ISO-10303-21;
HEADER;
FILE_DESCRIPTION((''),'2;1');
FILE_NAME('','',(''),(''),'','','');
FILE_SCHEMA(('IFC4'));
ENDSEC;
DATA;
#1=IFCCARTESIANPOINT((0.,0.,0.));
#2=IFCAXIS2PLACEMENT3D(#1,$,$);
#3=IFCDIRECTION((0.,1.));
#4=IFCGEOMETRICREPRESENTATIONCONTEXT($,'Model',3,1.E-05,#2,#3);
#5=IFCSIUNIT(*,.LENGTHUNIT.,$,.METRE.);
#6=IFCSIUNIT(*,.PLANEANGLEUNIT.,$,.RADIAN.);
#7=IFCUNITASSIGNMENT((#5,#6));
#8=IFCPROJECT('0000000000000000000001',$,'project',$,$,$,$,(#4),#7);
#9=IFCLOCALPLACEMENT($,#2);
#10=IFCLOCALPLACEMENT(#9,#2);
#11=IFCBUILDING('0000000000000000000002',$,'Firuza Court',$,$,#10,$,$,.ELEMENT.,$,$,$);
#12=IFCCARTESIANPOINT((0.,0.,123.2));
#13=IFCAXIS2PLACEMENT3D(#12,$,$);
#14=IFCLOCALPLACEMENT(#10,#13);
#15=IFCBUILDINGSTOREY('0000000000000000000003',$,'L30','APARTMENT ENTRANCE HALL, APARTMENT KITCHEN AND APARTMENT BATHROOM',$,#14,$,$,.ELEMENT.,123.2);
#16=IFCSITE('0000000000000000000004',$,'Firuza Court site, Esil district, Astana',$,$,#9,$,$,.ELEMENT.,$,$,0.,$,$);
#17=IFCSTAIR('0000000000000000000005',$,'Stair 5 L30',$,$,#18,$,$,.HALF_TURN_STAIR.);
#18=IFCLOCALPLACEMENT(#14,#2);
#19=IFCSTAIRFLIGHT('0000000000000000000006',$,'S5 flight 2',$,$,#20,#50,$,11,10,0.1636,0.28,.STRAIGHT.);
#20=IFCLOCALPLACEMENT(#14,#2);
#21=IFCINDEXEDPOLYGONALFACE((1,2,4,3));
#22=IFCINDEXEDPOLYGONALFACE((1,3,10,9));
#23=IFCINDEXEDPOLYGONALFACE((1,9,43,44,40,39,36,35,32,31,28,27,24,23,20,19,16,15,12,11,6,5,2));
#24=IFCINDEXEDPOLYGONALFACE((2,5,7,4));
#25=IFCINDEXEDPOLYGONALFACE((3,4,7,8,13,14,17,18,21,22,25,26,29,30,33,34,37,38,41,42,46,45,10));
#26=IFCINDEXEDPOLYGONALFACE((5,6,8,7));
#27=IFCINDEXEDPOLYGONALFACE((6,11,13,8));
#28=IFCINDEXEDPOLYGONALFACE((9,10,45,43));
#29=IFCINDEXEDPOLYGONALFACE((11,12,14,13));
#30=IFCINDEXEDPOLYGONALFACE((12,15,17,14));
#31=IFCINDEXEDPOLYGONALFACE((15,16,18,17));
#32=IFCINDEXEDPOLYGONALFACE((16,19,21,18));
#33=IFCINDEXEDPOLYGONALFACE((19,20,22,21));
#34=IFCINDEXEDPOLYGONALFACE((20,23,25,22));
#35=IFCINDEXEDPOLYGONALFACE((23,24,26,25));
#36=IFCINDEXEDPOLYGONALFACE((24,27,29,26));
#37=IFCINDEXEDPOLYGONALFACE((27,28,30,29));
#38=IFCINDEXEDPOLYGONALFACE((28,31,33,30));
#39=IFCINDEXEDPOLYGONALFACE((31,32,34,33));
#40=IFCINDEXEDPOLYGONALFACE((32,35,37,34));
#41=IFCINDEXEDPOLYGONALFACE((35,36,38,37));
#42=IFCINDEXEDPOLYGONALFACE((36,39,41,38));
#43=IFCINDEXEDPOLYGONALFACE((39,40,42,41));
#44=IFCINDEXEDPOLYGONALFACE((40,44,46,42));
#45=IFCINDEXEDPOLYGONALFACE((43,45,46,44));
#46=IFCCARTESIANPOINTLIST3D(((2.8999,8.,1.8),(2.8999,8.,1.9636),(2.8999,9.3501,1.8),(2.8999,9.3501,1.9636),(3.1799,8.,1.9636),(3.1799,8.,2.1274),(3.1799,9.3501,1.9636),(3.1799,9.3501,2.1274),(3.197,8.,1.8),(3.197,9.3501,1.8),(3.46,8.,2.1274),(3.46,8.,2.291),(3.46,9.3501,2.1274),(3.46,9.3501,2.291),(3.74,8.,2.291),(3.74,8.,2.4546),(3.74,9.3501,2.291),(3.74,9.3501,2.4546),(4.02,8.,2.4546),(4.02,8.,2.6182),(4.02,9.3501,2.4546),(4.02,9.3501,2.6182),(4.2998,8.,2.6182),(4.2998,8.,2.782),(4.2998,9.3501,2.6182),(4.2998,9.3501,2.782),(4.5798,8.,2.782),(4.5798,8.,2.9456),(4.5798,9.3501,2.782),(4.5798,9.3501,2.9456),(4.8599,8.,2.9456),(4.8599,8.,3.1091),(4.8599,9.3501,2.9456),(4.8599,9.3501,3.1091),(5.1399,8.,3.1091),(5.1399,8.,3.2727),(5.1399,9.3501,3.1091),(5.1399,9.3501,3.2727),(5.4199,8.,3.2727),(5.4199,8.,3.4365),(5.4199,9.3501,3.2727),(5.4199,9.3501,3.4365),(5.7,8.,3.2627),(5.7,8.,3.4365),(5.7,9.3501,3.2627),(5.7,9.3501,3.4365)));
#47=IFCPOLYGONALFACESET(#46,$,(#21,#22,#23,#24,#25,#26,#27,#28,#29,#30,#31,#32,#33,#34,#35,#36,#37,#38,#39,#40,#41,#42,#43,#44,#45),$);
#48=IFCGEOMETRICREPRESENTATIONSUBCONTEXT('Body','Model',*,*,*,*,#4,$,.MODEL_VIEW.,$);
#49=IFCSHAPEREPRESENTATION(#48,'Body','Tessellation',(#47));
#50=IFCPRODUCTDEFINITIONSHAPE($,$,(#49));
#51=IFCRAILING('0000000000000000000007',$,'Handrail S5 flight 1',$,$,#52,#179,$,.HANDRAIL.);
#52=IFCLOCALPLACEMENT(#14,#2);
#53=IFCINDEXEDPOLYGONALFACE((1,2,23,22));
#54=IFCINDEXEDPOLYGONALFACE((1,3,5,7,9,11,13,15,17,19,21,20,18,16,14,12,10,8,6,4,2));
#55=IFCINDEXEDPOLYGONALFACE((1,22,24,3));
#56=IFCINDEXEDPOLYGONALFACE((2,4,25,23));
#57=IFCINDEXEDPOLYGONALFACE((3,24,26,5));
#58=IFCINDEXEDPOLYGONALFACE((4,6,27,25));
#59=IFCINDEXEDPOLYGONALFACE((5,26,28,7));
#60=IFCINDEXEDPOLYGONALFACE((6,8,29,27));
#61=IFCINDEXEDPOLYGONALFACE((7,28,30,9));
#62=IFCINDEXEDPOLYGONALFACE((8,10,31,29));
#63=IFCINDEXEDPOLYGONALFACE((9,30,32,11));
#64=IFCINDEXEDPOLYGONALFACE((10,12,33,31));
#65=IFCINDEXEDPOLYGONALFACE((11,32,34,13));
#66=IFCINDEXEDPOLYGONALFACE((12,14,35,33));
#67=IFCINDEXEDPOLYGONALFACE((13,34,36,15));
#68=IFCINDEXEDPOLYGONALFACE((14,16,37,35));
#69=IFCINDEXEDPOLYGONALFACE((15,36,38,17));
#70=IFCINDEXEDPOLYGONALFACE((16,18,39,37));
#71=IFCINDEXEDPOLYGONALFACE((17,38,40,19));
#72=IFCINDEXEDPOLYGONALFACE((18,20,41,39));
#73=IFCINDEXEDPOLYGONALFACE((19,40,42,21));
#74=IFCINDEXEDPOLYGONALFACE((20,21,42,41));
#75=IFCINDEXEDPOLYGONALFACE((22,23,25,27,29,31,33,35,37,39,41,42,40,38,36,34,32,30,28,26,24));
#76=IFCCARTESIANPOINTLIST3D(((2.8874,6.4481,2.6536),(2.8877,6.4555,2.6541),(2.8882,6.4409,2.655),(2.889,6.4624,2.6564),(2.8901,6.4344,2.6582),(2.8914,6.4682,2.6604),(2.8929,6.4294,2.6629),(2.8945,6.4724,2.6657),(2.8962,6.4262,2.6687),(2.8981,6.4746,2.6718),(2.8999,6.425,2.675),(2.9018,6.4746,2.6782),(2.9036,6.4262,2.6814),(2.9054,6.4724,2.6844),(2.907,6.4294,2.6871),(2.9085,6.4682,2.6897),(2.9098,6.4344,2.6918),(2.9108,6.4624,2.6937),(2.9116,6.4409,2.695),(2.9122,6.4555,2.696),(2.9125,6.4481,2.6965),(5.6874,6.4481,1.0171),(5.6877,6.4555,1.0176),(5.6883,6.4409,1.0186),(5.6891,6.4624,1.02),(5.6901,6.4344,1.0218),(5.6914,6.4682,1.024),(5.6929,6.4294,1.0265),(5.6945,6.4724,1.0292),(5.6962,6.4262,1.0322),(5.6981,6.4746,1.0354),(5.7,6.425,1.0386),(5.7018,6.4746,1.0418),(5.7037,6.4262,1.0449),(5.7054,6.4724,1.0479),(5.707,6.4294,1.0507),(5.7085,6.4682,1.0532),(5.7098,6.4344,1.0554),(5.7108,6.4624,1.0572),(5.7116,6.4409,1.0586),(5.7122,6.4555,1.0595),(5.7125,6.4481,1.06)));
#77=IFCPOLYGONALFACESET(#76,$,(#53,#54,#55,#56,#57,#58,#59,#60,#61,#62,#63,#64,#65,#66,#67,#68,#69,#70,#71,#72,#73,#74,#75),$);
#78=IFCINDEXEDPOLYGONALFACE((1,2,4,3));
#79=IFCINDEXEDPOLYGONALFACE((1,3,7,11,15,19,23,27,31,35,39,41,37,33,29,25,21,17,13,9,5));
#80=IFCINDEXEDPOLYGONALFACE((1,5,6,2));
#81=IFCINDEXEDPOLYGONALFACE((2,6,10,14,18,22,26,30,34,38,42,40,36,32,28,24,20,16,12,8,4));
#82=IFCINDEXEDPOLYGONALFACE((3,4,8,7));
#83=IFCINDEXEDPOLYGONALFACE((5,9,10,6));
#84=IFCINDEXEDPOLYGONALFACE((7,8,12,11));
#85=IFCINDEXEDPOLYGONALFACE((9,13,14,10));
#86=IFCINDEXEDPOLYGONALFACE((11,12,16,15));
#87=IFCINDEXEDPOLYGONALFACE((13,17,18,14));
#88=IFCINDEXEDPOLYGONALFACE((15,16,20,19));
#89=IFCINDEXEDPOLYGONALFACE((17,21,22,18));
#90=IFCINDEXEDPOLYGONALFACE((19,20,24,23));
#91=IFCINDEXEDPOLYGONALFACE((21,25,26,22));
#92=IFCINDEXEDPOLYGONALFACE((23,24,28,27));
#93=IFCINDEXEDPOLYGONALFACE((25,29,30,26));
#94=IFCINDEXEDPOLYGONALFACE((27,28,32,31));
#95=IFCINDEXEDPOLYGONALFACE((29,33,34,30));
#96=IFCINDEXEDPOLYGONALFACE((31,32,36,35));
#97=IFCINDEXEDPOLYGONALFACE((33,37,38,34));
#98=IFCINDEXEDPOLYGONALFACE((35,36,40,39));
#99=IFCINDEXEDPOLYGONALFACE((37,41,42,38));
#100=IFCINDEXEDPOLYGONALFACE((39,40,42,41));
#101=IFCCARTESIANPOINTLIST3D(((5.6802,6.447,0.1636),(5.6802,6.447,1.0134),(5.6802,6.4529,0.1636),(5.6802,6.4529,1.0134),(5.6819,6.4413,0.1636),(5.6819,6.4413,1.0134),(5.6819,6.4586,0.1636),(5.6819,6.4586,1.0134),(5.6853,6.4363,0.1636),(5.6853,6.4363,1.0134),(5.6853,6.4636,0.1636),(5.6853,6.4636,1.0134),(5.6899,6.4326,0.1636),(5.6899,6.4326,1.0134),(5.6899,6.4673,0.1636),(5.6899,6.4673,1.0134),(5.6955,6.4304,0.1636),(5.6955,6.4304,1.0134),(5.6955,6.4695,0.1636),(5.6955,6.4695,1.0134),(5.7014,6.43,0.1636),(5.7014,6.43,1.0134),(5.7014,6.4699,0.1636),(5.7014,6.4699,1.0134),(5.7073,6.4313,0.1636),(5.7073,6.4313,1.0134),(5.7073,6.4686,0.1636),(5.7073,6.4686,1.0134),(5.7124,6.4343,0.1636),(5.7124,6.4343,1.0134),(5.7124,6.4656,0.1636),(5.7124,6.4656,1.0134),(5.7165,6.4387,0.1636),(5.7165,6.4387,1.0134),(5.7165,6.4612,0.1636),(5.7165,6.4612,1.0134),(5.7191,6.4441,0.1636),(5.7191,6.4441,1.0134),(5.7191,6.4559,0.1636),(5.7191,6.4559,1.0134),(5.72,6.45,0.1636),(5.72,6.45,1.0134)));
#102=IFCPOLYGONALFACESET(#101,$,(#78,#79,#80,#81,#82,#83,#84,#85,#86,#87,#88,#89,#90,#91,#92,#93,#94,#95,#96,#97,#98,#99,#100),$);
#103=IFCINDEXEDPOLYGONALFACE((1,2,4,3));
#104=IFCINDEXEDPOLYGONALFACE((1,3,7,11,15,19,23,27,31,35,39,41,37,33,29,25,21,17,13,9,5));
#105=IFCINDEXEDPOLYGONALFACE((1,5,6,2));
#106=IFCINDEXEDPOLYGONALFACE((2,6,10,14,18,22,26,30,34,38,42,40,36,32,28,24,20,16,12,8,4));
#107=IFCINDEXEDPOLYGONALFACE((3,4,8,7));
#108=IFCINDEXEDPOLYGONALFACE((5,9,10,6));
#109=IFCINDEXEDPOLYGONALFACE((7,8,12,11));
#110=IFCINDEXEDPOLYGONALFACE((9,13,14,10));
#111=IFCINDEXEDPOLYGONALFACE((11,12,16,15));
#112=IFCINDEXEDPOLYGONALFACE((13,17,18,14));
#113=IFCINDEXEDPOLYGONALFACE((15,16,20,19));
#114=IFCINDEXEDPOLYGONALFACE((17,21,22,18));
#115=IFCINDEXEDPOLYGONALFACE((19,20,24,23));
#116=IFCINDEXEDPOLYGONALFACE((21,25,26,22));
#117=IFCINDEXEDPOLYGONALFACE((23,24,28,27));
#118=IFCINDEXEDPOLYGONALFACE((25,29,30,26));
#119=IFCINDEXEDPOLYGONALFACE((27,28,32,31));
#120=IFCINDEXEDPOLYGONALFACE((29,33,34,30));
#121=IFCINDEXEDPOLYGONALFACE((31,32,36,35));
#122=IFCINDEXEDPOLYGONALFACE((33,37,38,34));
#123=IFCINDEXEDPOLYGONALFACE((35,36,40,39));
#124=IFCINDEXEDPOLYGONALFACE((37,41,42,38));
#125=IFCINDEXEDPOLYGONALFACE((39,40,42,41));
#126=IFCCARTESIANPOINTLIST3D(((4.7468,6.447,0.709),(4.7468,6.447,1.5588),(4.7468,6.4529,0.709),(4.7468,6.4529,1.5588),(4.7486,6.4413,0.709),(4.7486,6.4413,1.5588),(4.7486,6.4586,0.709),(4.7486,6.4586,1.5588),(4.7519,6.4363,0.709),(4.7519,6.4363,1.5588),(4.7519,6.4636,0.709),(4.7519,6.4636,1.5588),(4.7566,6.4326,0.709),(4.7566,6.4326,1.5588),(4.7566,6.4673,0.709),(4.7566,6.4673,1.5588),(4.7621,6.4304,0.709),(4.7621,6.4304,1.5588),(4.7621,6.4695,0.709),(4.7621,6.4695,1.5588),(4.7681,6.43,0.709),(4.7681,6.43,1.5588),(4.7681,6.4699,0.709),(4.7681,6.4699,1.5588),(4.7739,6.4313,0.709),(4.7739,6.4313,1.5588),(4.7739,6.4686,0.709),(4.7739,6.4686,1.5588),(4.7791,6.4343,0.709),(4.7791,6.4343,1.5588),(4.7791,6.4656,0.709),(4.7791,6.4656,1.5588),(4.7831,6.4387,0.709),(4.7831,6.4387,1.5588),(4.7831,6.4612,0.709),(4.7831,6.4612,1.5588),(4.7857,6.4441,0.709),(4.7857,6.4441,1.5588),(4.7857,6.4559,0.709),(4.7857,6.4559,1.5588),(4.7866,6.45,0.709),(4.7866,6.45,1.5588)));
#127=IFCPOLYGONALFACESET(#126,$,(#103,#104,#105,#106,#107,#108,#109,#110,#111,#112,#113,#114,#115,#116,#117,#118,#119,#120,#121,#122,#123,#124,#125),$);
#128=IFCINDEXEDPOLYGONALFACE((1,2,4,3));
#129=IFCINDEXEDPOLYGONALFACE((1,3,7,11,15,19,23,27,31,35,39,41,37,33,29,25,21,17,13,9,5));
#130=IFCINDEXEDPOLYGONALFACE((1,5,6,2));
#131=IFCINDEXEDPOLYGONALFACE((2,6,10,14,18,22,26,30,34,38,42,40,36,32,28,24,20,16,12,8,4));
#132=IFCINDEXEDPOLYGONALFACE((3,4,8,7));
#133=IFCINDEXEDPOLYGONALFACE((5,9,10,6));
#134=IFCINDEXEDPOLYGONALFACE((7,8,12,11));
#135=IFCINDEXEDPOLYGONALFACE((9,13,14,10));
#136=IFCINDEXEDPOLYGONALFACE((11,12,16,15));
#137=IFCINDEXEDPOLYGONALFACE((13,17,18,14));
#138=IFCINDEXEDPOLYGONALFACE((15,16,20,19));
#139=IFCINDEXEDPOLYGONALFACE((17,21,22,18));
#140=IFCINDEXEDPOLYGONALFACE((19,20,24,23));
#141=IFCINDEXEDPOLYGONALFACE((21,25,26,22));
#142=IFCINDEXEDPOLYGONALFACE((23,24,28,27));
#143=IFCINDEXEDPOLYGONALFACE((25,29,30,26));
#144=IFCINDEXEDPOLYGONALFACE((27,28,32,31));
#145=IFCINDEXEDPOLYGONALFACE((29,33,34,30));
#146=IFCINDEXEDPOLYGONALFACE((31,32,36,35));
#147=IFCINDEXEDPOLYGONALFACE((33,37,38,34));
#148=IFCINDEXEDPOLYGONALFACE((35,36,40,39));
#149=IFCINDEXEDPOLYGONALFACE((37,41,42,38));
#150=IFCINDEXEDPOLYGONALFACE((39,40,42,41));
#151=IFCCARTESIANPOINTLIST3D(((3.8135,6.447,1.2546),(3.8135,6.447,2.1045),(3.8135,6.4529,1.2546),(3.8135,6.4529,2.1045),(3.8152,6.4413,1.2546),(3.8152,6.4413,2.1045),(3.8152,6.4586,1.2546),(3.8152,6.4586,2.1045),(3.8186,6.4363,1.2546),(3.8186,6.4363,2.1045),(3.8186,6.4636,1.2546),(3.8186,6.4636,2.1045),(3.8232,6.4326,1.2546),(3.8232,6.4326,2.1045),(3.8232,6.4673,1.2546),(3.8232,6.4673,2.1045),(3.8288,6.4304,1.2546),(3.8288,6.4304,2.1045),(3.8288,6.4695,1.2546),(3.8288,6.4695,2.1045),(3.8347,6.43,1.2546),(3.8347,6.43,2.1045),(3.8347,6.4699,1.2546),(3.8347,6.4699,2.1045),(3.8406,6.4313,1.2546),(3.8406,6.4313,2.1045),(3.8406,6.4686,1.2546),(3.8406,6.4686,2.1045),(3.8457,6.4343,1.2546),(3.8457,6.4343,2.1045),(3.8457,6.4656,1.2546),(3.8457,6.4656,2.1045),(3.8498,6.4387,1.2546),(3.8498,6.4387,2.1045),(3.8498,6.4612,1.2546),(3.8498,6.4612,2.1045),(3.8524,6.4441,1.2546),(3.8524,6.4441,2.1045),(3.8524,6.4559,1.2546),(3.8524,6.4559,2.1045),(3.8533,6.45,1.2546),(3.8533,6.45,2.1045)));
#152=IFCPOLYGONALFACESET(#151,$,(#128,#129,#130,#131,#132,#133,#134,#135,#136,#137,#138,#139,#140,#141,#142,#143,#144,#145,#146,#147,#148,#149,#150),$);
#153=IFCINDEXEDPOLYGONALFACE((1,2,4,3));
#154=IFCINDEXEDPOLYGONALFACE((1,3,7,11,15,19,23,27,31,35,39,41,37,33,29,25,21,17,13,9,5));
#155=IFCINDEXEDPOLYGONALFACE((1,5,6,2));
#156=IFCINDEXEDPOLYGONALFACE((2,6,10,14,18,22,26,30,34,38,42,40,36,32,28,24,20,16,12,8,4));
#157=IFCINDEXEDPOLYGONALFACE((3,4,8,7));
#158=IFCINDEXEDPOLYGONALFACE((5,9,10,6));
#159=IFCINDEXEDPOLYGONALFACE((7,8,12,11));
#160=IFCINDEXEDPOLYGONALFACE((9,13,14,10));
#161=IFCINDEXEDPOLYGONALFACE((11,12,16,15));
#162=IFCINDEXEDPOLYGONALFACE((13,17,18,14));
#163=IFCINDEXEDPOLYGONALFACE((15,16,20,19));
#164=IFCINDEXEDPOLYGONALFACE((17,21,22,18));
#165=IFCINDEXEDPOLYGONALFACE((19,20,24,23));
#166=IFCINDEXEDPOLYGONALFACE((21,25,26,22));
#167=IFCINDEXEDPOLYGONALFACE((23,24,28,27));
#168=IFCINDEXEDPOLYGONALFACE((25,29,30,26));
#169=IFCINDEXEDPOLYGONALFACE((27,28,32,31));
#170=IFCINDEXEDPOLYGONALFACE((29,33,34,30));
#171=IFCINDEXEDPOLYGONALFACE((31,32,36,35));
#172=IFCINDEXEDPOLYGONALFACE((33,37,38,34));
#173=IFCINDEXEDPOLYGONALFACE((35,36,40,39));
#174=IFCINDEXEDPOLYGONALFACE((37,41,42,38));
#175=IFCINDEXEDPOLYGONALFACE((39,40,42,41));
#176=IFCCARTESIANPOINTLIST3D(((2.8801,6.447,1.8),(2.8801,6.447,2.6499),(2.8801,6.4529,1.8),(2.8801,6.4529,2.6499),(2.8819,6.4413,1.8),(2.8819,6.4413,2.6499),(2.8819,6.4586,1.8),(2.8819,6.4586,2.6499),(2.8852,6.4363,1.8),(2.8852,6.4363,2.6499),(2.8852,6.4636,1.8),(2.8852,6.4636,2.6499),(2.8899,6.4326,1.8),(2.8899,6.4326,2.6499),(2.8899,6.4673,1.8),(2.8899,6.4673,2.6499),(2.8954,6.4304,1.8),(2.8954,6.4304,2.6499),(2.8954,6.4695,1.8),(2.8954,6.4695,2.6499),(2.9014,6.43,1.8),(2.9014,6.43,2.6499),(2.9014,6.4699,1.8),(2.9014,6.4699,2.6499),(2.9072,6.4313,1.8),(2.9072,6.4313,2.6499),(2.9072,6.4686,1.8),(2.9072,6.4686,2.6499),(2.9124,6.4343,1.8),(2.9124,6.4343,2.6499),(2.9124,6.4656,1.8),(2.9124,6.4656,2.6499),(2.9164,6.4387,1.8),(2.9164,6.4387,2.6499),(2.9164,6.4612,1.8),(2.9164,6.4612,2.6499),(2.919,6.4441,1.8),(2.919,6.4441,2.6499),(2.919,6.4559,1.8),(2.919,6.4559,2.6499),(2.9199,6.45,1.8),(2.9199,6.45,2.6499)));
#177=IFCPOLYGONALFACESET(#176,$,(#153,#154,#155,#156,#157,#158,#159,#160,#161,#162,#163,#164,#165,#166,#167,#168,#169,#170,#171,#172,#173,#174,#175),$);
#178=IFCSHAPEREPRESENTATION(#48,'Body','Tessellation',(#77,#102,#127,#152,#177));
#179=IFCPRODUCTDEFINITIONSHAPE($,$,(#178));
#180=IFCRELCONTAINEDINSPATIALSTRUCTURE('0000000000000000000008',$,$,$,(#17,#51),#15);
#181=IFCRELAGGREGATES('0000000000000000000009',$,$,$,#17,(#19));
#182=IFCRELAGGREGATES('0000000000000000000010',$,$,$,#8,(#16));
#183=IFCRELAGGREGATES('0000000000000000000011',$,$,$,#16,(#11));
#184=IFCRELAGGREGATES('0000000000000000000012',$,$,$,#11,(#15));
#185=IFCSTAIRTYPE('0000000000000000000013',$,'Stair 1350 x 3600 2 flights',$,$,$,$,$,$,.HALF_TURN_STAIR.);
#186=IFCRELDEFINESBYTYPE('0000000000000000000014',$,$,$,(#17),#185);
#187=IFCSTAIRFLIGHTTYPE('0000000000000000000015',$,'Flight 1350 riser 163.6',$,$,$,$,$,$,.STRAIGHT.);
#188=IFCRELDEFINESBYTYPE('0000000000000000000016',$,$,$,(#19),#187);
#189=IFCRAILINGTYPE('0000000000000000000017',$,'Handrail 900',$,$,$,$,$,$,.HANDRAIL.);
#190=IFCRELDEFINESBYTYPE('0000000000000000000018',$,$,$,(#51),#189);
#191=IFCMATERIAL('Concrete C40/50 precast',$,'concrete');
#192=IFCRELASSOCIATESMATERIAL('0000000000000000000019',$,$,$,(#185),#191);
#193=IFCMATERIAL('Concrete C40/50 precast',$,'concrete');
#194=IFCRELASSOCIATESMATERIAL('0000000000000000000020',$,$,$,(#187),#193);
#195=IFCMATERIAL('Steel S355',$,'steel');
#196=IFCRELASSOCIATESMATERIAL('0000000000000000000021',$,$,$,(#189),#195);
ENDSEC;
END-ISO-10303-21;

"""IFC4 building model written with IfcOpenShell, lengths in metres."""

from ifc_helpers import new_model, si_unit, direction, frame, origin, origin_2d, place, context, subcontext, project, spatial, polyline, circle, outline, extrude, material, type_object, element, aggregate, save


model = new_model("IFC4")

# Units and contexts
model_context = context("Model", 3, precision=1e-05, world=origin(), true_north=direction((0.0, 1.0)))
body_context = subcontext(model_context, "Body", "Model", "MODEL_VIEW")
ifc_project = project(units=[si_unit("LENGTHUNIT", "METRE"), si_unit("PLANEANGLEUNIT", "RADIAN")], contexts=[model_context])

# Site, building, storey
site_placement = place(None, origin())
site = spatial("IfcSite", under=ifc_project, at=site_placement, Name="Firuza Court site, Esil district, Astana", CompositionType="ELEMENT", RefElevation=0.0)
building_placement = place(site_placement, origin())
building = spatial("IfcBuilding", under=site, at=building_placement, Name="Firuza Court", CompositionType="ELEMENT")
storey_placement = place(building_placement, frame((0.0, 0.0, 123.2)))
storey = spatial("IfcBuildingStorey", under=building, at=storey_placement, Name="L30", Description="APARTMENT ENTRANCE HALL, APARTMENT KITCHEN AND APARTMENT BATHROOM", CompositionType="ELEMENT", Elevation=123.2)

# Stair, stair flight
ifc_material_1 = material(Name="Concrete C40/50 precast", Category="concrete")
stair_type = type_object("IfcStairType", Name="Stair 1350 x 3600 2 flights", PredefinedType="HALF_TURN_STAIR", material=ifc_material_1)
stair_placement = place(storey_placement, origin())
stair = element("IfcStair", 1, at=stair_placement, inside=storey, type_object=stair_type, Name="Stair 5 L30", PredefinedType="HALF_TURN_STAIR")
ifc_material_2 = material(Name="Concrete C40/50 precast", Category="concrete")
stair_flight_type = type_object("IfcStairFlightType", Name="Flight 1350 riser 163.6", PredefinedType="STRAIGHT", material=ifc_material_2)
stair_flight_1_placement = place(storey_placement, frame((2.8999, 8.675, 1.8), z_axis=(0.0, 0.0, 1.0), x_axis=(1.0, 0.0, 0.0)))
stair_flight_1 = element("IfcStairFlight", 2, at=stair_flight_1_placement, type_object=stair_flight_type, Name="S5 flight 2", NumberOfRisers=11, NumberOfTreads=10, PredefinedType="STRAIGHT", RiserHeight=0.1636, TreadLength=0.28, context=body_context, shape_type="SweptSolid", body=[
    extrude(outline(polyline([(0.0, 0.0), (0.0, 0.1636), (0.28, 0.1636), (0.28, 0.3274), (0.5601, 0.3274), (0.5601, 0.491), (0.8401, 0.491), (0.8401, 0.6545), (1.1201, 0.6545), (1.1201, 0.8181), (1.3999, 0.8181), (1.3999, 0.9819), (1.6799, 0.9819), (1.6799, 1.1455), (1.96, 1.1455), (1.96, 1.3091), (2.24, 1.3091), (2.24, 1.4727), (2.52, 1.4727), (2.52, 1.6365), (2.8, 1.6365), (2.8, 1.8), (2.8, 1.4626), (0.2971, 0.0), (0.0, 0.0)])), frame((0.0, 0.675, 0.0), z_axis=(0.0, -1.0, 0.0), x_axis=(1.0, 0.0, 0.0)), (0.0, 0.0, 1.0), 1.3501),
])
aggregate(stair, [stair_flight_1])

# Railing
ifc_material_3 = material(Name="Steel S355", Category="steel")
railing_type_1 = type_object("IfcRailingType", Name="Handrail 900", PredefinedType="HANDRAIL", material=ifc_material_3)
railing_1_placement = place(storey_placement, frame((5.7, 6.45, 0.1636)))
element("IfcRailing", 3, at=railing_1_placement, inside=storey, type_object=railing_type_1, Name="Handrail S5 flight 1", PredefinedType="HANDRAIL", context=body_context, shape_type="SweptSolid", body=[
    extrude(circle(Radius=0.0249, at=origin_2d()), frame((0.0, 0.0, 0.875), z_axis=(-0.863361, 0.0, 0.504587), x_axis=(0.0, -1.0, 0.0)), (0.0, 0.0, 1.0), 3.2432),
    extrude(circle(Radius=0.02, at=origin_2d()), origin(), (0.0, 0.0, 1.0), 0.8499),
    extrude(circle(Radius=0.02, at=origin_2d()), frame((-0.9333, 0.0, 0.5454)), (0.0, 0.0, 1.0), 0.8499),
    extrude(circle(Radius=0.02, at=origin_2d()), frame((-1.8667, 0.0, 1.0911)), (0.0, 0.0, 1.0), 0.8499),
    extrude(circle(Radius=0.02, at=origin_2d()), frame((-2.8, 0.0, 1.6365)), (0.0, 0.0, 1.0), 0.8499),
])

save(model, "model.ifc")
